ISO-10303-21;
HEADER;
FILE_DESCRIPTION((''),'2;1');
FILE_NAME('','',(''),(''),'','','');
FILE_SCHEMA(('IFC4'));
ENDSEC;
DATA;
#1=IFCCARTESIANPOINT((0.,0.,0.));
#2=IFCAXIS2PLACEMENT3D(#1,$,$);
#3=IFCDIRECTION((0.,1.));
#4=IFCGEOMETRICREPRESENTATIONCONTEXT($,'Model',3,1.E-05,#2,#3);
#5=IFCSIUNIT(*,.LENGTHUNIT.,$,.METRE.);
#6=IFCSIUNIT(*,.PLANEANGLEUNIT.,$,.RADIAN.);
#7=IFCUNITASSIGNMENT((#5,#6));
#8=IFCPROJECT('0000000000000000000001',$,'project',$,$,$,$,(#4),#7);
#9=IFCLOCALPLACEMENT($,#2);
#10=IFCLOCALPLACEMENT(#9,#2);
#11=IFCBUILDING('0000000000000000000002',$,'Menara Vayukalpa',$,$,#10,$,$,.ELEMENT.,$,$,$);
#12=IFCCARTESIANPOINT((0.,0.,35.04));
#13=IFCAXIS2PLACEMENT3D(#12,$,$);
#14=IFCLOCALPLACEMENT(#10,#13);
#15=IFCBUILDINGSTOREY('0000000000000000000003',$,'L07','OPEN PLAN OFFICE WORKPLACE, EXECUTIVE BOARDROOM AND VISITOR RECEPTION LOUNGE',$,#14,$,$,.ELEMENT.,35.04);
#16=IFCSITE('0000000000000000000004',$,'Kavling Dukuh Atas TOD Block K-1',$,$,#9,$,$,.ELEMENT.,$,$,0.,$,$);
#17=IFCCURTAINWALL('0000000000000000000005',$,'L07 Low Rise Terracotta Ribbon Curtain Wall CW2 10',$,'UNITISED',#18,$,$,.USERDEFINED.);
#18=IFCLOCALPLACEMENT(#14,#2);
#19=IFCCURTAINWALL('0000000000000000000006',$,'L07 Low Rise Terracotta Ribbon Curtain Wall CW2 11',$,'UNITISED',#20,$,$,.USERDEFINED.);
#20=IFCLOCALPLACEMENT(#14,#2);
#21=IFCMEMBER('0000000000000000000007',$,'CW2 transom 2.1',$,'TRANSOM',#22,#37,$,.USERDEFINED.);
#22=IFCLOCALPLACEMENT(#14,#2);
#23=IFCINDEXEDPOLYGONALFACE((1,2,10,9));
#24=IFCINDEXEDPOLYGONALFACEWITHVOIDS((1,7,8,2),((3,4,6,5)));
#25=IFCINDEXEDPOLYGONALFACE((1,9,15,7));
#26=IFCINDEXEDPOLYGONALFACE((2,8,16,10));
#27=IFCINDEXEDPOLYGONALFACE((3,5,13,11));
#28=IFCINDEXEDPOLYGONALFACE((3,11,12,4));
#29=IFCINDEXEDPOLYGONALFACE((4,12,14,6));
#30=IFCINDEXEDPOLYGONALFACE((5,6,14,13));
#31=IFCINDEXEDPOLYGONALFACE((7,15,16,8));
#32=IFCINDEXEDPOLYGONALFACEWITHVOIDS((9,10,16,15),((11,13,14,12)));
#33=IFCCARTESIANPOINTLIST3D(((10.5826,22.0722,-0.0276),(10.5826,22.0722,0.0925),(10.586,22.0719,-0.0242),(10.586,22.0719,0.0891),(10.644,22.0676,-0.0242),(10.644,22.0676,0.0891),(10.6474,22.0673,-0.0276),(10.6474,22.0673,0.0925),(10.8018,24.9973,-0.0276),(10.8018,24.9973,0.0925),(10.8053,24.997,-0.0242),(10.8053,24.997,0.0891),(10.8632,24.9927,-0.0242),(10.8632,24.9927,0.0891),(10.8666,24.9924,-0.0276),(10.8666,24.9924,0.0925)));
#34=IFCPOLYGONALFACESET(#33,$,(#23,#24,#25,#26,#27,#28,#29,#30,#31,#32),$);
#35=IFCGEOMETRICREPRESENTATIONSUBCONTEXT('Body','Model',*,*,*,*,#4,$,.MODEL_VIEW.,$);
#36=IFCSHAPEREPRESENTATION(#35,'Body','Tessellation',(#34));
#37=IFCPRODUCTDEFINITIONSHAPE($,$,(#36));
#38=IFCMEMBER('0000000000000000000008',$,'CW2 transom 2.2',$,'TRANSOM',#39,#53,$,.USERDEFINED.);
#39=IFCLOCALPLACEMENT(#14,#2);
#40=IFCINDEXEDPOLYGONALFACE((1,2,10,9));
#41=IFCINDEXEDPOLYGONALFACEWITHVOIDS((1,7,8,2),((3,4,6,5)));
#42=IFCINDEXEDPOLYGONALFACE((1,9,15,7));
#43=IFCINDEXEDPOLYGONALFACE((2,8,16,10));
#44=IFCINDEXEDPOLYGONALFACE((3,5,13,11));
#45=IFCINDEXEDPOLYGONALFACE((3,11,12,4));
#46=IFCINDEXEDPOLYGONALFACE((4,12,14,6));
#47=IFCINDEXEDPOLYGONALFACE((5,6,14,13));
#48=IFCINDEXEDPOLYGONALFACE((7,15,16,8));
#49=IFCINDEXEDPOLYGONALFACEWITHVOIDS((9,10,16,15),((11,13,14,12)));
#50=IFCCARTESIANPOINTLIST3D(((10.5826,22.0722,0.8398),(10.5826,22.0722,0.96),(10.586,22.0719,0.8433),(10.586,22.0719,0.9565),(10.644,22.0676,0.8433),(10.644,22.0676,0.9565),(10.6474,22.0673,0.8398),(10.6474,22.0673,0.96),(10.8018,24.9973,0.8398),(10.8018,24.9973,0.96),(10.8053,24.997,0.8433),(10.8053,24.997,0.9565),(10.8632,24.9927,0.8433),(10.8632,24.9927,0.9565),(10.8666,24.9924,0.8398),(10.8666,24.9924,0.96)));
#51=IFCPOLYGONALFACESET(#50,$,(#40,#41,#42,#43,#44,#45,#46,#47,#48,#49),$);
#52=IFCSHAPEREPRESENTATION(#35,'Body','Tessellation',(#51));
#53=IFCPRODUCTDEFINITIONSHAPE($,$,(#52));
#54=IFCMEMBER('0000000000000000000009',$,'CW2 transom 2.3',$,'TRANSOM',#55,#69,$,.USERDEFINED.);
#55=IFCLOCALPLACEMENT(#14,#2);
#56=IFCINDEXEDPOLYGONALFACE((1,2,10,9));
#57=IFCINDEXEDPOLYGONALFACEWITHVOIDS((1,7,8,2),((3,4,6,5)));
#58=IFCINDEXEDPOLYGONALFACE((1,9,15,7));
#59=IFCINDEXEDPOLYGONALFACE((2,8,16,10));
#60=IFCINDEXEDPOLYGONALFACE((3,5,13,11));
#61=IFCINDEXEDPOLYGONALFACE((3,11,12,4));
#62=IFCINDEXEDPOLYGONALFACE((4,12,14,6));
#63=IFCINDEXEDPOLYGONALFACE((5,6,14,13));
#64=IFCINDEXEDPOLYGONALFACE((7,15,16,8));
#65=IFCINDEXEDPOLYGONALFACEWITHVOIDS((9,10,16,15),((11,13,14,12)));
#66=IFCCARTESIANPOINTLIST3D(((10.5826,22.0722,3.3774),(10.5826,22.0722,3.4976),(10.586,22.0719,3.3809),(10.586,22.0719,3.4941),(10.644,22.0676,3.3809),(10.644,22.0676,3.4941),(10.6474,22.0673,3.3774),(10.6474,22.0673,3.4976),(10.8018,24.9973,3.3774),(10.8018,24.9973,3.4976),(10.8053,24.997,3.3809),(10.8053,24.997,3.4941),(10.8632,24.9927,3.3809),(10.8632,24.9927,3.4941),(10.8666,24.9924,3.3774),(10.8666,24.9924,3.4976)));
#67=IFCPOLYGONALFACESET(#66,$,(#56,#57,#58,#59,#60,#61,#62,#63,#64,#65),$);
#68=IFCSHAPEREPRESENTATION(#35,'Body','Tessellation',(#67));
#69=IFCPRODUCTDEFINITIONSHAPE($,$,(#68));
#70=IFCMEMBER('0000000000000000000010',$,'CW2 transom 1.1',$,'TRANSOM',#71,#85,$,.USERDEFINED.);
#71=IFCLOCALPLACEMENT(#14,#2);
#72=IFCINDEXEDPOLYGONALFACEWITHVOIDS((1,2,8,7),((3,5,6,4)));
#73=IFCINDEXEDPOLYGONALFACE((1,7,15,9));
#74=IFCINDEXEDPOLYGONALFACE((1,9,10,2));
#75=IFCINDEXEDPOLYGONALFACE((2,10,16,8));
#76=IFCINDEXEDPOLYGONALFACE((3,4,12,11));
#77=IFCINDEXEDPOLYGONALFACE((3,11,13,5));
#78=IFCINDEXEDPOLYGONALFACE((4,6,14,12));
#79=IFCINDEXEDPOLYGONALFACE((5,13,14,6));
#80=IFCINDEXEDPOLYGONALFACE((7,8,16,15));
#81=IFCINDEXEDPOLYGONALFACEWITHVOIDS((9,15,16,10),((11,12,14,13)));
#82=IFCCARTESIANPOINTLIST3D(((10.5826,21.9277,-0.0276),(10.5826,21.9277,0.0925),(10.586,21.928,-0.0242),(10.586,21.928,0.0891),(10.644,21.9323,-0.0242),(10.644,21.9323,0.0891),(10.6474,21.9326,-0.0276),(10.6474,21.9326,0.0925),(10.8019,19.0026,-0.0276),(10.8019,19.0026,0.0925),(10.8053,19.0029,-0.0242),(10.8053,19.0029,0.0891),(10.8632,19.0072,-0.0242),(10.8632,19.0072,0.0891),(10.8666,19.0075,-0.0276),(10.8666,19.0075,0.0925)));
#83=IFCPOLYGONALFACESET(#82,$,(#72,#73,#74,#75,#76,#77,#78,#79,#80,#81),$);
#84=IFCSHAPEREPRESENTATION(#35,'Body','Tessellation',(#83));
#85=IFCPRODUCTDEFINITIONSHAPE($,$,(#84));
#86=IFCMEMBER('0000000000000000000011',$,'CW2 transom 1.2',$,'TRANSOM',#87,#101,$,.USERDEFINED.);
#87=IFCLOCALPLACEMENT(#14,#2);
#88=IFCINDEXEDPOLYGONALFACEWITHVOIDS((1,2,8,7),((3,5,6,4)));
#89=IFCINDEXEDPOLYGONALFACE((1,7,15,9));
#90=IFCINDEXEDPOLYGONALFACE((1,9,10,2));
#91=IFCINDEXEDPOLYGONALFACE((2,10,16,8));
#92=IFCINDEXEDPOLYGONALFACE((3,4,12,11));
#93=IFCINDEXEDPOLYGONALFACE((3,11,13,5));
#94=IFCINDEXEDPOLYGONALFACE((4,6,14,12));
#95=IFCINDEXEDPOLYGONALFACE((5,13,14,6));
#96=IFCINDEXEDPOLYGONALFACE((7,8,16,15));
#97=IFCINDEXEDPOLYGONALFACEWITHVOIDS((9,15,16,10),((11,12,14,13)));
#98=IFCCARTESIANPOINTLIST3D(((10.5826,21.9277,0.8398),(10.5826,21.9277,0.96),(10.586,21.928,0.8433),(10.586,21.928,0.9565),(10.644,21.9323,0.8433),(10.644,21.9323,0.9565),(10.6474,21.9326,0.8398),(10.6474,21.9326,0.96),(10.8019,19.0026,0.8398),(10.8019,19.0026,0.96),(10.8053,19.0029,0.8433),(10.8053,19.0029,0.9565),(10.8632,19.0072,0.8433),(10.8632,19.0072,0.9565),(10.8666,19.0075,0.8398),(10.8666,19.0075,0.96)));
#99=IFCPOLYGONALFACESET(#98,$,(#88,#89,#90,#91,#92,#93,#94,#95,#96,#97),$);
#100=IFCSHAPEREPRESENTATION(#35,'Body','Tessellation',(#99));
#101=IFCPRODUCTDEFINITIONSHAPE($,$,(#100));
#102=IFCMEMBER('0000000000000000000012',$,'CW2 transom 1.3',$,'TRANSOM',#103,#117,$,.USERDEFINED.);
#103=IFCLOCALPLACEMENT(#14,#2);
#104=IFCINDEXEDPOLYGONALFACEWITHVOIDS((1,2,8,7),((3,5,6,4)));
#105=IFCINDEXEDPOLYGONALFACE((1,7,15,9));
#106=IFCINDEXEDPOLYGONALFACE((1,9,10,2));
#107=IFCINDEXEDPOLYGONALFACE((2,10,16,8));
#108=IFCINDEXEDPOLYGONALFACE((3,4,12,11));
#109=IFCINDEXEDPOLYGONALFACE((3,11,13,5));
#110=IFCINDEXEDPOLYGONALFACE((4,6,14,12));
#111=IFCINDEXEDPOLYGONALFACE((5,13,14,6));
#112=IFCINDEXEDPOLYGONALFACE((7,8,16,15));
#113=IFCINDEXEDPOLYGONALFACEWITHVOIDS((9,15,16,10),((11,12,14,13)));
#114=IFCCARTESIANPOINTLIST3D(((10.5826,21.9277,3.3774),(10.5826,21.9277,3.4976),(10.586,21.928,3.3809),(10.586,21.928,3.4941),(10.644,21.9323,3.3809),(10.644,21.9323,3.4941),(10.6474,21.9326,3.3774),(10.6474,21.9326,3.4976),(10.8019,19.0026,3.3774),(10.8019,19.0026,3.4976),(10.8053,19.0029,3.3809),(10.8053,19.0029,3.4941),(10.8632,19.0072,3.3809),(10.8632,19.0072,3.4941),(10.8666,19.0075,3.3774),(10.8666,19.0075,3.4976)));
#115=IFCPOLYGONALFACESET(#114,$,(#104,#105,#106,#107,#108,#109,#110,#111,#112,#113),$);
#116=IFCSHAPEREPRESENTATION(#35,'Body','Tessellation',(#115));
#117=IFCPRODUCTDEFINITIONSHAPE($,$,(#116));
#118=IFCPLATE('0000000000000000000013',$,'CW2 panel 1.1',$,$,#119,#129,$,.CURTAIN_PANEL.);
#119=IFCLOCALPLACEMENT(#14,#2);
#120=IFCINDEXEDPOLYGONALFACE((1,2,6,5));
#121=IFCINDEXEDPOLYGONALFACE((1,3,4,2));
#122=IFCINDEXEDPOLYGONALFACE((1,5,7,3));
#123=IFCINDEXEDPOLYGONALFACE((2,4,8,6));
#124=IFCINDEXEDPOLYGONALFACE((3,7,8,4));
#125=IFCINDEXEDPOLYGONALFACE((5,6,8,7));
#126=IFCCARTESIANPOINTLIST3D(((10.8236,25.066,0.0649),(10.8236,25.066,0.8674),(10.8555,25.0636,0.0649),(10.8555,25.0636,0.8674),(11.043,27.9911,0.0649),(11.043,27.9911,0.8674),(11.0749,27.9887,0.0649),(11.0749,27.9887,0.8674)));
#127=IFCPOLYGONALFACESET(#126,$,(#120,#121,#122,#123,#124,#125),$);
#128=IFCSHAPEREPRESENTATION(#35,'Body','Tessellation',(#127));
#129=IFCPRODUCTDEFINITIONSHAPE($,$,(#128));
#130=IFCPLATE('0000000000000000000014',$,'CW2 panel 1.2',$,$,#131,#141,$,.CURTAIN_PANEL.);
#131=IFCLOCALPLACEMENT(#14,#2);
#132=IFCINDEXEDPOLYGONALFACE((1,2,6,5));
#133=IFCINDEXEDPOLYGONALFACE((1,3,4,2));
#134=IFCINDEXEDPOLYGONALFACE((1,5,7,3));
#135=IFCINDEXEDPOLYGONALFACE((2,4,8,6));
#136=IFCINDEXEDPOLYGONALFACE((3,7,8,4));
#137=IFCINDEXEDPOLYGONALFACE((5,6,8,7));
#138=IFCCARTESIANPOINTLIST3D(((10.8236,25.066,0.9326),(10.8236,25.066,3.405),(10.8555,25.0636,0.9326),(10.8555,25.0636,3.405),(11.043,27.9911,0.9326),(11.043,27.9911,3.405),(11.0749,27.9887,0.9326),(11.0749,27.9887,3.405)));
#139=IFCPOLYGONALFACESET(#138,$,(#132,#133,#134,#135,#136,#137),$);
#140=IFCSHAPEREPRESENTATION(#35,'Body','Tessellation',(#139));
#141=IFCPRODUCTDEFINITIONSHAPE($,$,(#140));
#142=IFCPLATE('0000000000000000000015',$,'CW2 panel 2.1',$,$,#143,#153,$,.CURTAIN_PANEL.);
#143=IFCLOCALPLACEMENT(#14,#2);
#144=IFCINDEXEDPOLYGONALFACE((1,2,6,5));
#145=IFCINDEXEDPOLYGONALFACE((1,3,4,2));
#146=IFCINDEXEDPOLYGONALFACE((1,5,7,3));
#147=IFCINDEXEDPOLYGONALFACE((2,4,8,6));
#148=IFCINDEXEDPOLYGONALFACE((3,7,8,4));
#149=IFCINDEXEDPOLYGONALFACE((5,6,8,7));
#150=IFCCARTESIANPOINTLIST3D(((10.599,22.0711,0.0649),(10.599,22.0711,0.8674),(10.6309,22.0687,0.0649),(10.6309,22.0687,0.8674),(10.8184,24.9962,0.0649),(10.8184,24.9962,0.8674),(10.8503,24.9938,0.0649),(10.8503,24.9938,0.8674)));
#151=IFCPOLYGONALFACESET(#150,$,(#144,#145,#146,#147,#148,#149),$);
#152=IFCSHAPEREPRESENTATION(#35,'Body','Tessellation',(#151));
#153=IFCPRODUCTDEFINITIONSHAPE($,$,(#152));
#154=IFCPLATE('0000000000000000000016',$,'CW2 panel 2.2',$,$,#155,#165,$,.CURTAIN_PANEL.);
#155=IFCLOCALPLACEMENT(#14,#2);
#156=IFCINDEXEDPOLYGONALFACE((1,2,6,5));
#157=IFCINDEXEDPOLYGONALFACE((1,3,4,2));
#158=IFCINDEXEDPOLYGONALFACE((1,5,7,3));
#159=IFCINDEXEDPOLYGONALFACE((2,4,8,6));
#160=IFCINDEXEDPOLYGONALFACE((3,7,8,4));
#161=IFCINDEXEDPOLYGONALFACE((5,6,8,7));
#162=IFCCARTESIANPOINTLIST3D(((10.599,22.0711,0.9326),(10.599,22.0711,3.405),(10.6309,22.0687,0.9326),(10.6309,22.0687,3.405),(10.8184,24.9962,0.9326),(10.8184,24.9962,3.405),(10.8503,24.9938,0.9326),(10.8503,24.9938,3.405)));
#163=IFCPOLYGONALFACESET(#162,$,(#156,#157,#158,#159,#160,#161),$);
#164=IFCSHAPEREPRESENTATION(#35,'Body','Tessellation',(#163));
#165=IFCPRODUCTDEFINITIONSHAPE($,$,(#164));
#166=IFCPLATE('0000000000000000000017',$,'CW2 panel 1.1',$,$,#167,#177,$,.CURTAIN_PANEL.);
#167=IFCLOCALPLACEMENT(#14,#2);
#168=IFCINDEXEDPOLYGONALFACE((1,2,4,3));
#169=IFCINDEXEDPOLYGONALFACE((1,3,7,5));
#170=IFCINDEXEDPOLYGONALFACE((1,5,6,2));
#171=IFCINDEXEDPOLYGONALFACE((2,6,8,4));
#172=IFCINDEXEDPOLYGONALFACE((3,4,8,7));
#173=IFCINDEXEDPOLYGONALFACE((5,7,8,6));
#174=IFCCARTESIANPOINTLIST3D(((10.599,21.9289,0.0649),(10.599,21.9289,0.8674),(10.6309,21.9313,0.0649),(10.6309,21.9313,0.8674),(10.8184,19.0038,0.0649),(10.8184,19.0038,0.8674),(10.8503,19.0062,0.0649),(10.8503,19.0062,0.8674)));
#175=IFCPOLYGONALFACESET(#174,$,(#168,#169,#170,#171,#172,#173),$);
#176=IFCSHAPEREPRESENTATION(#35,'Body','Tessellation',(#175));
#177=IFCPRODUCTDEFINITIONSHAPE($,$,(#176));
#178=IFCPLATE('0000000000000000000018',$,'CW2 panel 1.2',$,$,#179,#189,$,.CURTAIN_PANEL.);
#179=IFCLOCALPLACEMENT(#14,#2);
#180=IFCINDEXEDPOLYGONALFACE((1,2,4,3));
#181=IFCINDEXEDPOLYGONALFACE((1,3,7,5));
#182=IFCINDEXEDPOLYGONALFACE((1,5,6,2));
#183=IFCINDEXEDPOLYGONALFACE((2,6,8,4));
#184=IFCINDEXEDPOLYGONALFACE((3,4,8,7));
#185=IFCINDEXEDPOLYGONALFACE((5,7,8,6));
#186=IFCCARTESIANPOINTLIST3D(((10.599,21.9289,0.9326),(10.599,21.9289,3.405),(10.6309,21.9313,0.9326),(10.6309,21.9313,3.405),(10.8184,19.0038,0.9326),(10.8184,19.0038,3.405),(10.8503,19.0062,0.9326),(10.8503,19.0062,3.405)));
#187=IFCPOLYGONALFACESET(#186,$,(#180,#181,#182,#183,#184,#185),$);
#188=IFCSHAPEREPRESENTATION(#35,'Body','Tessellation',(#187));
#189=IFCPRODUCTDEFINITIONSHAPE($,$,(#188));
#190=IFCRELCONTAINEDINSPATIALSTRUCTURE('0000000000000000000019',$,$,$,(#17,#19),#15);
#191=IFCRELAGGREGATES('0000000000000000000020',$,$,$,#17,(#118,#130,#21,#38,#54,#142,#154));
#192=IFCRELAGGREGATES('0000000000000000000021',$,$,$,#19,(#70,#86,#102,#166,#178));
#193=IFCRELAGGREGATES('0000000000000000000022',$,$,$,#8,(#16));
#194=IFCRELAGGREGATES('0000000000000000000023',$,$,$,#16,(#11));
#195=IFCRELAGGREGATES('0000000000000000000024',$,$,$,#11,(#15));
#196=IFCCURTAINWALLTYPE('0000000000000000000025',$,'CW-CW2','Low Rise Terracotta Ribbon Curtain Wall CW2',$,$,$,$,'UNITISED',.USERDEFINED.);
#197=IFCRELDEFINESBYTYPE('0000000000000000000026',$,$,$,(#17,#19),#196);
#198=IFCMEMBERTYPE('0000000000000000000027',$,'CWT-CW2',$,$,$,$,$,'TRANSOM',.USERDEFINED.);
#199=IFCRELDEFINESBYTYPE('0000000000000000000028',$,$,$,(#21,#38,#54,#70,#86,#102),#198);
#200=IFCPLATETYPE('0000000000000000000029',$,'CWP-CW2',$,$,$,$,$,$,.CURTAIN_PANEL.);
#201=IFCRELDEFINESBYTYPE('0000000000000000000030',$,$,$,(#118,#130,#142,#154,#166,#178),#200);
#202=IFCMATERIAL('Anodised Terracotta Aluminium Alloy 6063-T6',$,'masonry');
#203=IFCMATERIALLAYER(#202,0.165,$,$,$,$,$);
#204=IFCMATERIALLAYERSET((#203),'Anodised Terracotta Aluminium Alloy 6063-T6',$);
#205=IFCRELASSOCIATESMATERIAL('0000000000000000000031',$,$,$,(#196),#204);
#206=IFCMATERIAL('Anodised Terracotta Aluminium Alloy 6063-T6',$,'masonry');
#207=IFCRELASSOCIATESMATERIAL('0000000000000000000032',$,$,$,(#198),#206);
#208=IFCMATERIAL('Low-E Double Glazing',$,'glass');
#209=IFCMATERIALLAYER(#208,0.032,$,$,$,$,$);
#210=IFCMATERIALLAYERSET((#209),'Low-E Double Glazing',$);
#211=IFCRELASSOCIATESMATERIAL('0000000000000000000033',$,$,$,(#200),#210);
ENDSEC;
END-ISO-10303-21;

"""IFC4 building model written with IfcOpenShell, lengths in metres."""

from ifc_helpers import new_model, si_unit, direction, frame, origin, origin_2d, place, context, subcontext, project, spatial, rectangle, hollow_rectangle, extrude, material, layer, layer_set, material_profile, profile_set, type_object, element, aggregate, save


model = new_model("IFC4")

# Units and contexts
model_context = context("Model", 3, precision=1e-05, world=origin(), true_north=direction((0.0, 1.0)))
body_context = subcontext(model_context, "Body", "Model", "MODEL_VIEW")
ifc_project = project(units=[si_unit("LENGTHUNIT", "METRE"), si_unit("PLANEANGLEUNIT", "RADIAN")], contexts=[model_context])

# Site, building, storey
site_placement = place(None, origin())
site = spatial("IfcSite", under=ifc_project, at=site_placement, Name="Kavling Dukuh Atas TOD Block K-1", CompositionType="ELEMENT", RefElevation=0.0)
building_placement = place(site_placement, origin())
building = spatial("IfcBuilding", under=site, at=building_placement, Name="Menara Vayukalpa", CompositionType="ELEMENT")
storey_placement = place(building_placement, frame((0.0, 0.0, 35.04)))
storey = spatial("IfcBuildingStorey", under=building, at=storey_placement, Name="L07", Description="OPEN PLAN OFFICE WORKPLACE, EXECUTIVE BOARDROOM AND VISITOR RECEPTION LOUNGE", CompositionType="ELEMENT", Elevation=35.04)

# Curtain wall
ifc_material_1 = material(Name="Anodised Terracotta Aluminium Alloy 6063-T6", Category="masonry")
ifc_layer_1 = layer(ifc_material_1, 0.165)
ifc_layer_set_1 = layer_set([ifc_layer_1], Name="Anodised Terracotta Aluminium Alloy 6063-T6")
curtain_wall_type = type_object("IfcCurtainWallType", Name="CW-CW2", Description="Low Rise Terracotta Ribbon Curtain Wall CW2", ElementType="UNITISED", PredefinedType="USERDEFINED", material=ifc_layer_set_1)
curtain_wall_1_placement = place(storey_placement, origin())
curtain_wall_1 = element("IfcCurtainWall", 1, at=curtain_wall_1_placement, inside=storey, type_object=curtain_wall_type, Name="L07 Low Rise Terracotta Ribbon Curtain Wall CW2 10", ObjectType="UNITISED", PredefinedType="USERDEFINED")

# Curtain wall
curtain_wall_2_placement = place(storey_placement, origin())
curtain_wall_2 = element("IfcCurtainWall", 2, at=curtain_wall_2_placement, inside=storey, type_object=curtain_wall_type, Name="L07 Low Rise Terracotta Ribbon Curtain Wall CW2 11", ObjectType="UNITISED", PredefinedType="USERDEFINED")

# Members
ifc_material_2 = material(Name="Anodised Terracotta Aluminium Alloy 6063-T6", Category="masonry")
ifc_material_profile_1 = material_profile(ifc_material_2, hollow_rectangle(XDim=0.0649, YDim=0.1201, WallThickness=0.0034, at=origin_2d()), Name="ALU 65x120x3.5")
ifc_profile_set_1 = profile_set([ifc_material_profile_1], Name="Anodised Terracotta Aluminium Alloy 6063-T6")
member_type_1 = type_object("IfcMemberType", Name="CWT-CW2", ElementType="TRANSOM", PredefinedType="USERDEFINED", material=ifc_profile_set_1)
member_1_placement = place(storey_placement, frame((10.8342, 24.9949, 0.0325), z_axis=(-0.074742, -0.997203, 0.0), x_axis=(0.997203, -0.074742, 0.0)))
member_1 = element("IfcMember", 3, at=member_1_placement, type_object=member_type_1, Name="CW2 transom 2.1", ObjectType="TRANSOM", PredefinedType="USERDEFINED", context=body_context, shape_type="SweptSolid", body=[
    extrude(hollow_rectangle(XDim=0.0649, YDim=0.1201, WallThickness=0.0034, at=origin_2d()), origin(), (0.0, 0.0, 1.0), 2.9333),
])
member_2_placement = place(storey_placement, frame((10.8342, 24.9949, 0.8999), z_axis=(-0.074742, -0.997203, 0.0), x_axis=(0.997203, -0.074742, 0.0)))
member_2 = element("IfcMember", 4, at=member_2_placement, type_object=member_type_1, Name="CW2 transom 2.2", ObjectType="TRANSOM", PredefinedType="USERDEFINED", context=body_context, shape_type="SweptSolid", body=[
    extrude(hollow_rectangle(XDim=0.0649, YDim=0.1201, WallThickness=0.0034, at=origin_2d()), origin(), (0.0, 0.0, 1.0), 2.9333),
])
member_3_placement = place(storey_placement, frame((10.8342, 24.9949, 3.4375), z_axis=(-0.074742, -0.997203, 0.0), x_axis=(0.997203, -0.074742, 0.0)))
member_3 = element("IfcMember", 5, at=member_3_placement, type_object=member_type_1, Name="CW2 transom 2.3", ObjectType="TRANSOM", PredefinedType="USERDEFINED", context=body_context, shape_type="SweptSolid", body=[
    extrude(hollow_rectangle(XDim=0.0649, YDim=0.1201, WallThickness=0.0034, at=origin_2d()), origin(), (0.0, 0.0, 1.0), 2.9333),
])
member_4_placement = place(storey_placement, frame((10.615, 21.9302, 0.0325), z_axis=(0.074742, -0.997203, 0.0), x_axis=(0.997203, 0.074742, 0.0)))
member_4 = element("IfcMember", 6, at=member_4_placement, type_object=member_type_1, Name="CW2 transom 1.1", ObjectType="TRANSOM", PredefinedType="USERDEFINED", context=body_context, shape_type="SweptSolid", body=[
    extrude(hollow_rectangle(XDim=0.0649, YDim=0.1201, WallThickness=0.0034, at=origin_2d()), origin(), (0.0, 0.0, 1.0), 2.9333),
])
member_5_placement = place(storey_placement, frame((10.615, 21.9302, 0.8999), z_axis=(0.074742, -0.997203, 0.0), x_axis=(0.997203, 0.074742, 0.0)))
member_5 = element("IfcMember", 7, at=member_5_placement, type_object=member_type_1, Name="CW2 transom 1.2", ObjectType="TRANSOM", PredefinedType="USERDEFINED", context=body_context, shape_type="SweptSolid", body=[
    extrude(hollow_rectangle(XDim=0.0649, YDim=0.1201, WallThickness=0.0034, at=origin_2d()), origin(), (0.0, 0.0, 1.0), 2.9333),
])
member_6_placement = place(storey_placement, frame((10.615, 21.9302, 3.4375), z_axis=(0.074742, -0.997203, 0.0), x_axis=(0.997203, 0.074742, 0.0)))
member_6 = element("IfcMember", 8, at=member_6_placement, type_object=member_type_1, Name="CW2 transom 1.3", ObjectType="TRANSOM", PredefinedType="USERDEFINED", context=body_context, shape_type="SweptSolid", body=[
    extrude(hollow_rectangle(XDim=0.0649, YDim=0.1201, WallThickness=0.0034, at=origin_2d()), origin(), (0.0, 0.0, 1.0), 2.9333),
])

# Plates
ifc_material_3 = material(Name="Low-E Double Glazing", Category="glass")
ifc_layer_2 = layer(ifc_material_3, 0.032)
ifc_layer_set_2 = layer_set([ifc_layer_2], Name="Low-E Double Glazing")
plate_type = type_object("IfcPlateType", Name="CWP-CW2", PredefinedType="CURTAIN_PANEL", material=ifc_layer_set_2)
plate_1_placement = place(storey_placement, frame((10.9492, 26.5273, 0.0649), z_axis=(0.0, 0.0, 1.0), x_axis=(-0.074795, -0.997199, 0.0)))
plate_1 = element("IfcPlate", 9, at=plate_1_placement, type_object=plate_type, Name="CW2 panel 1.1", PredefinedType="CURTAIN_PANEL", context=body_context, shape_type="SweptSolid", body=[
    extrude(rectangle(XDim=2.9333, YDim=0.032, at=origin_2d()), origin(), (0.0, 0.0, 1.0), 0.8025),
])
plate_2_placement = place(storey_placement, frame((10.9492, 26.5273, 0.9326), z_axis=(0.0, 0.0, 1.0), x_axis=(-0.074795, -0.997199, 0.0)))
plate_2 = element("IfcPlate", 10, at=plate_2_placement, type_object=plate_type, Name="CW2 panel 1.2", PredefinedType="CURTAIN_PANEL", context=body_context, shape_type="SweptSolid", body=[
    extrude(rectangle(XDim=2.9333, YDim=0.032, at=origin_2d()), origin(), (0.0, 0.0, 1.0), 2.4724),
])
plate_3_placement = place(storey_placement, frame((10.7246, 23.5325, 0.0649), z_axis=(0.0, 0.0, 1.0), x_axis=(-0.074795, -0.997199, 0.0)))
plate_3 = element("IfcPlate", 11, at=plate_3_placement, type_object=plate_type, Name="CW2 panel 2.1", PredefinedType="CURTAIN_PANEL", context=body_context, shape_type="SweptSolid", body=[
    extrude(rectangle(XDim=2.9333, YDim=0.032, at=origin_2d()), origin(), (0.0, 0.0, 1.0), 0.8025),
])
plate_4_placement = place(storey_placement, frame((10.7246, 23.5325, 0.9326), z_axis=(0.0, 0.0, 1.0), x_axis=(-0.074795, -0.997199, 0.0)))
plate_4 = element("IfcPlate", 12, at=plate_4_placement, type_object=plate_type, Name="CW2 panel 2.2", PredefinedType="CURTAIN_PANEL", context=body_context, shape_type="SweptSolid", body=[
    extrude(rectangle(XDim=2.9333, YDim=0.032, at=origin_2d()), origin(), (0.0, 0.0, 1.0), 2.4724),
])
aggregate(curtain_wall_1, [plate_1, plate_2, member_1, member_2, member_3, plate_3, plate_4])
plate_5_placement = place(storey_placement, frame((10.7246, 20.4675, 0.0649), z_axis=(0.0, 0.0, 1.0), x_axis=(0.074795, -0.997199, 0.0)))
plate_5 = element("IfcPlate", 13, at=plate_5_placement, type_object=plate_type, Name="CW2 panel 1.1", PredefinedType="CURTAIN_PANEL", context=body_context, shape_type="SweptSolid", body=[
    extrude(rectangle(XDim=2.9333, YDim=0.032, at=origin_2d()), origin(), (0.0, 0.0, 1.0), 0.8025),
])
plate_6_placement = place(storey_placement, frame((10.7246, 20.4675, 0.9326), z_axis=(0.0, 0.0, 1.0), x_axis=(0.074795, -0.997199, 0.0)))
plate_6 = element("IfcPlate", 14, at=plate_6_placement, type_object=plate_type, Name="CW2 panel 1.2", PredefinedType="CURTAIN_PANEL", context=body_context, shape_type="SweptSolid", body=[
    extrude(rectangle(XDim=2.9333, YDim=0.032, at=origin_2d()), origin(), (0.0, 0.0, 1.0), 2.4724),
])
aggregate(curtain_wall_2, [member_4, member_5, member_6, plate_5, plate_6])

save(model, "model.ifc")
